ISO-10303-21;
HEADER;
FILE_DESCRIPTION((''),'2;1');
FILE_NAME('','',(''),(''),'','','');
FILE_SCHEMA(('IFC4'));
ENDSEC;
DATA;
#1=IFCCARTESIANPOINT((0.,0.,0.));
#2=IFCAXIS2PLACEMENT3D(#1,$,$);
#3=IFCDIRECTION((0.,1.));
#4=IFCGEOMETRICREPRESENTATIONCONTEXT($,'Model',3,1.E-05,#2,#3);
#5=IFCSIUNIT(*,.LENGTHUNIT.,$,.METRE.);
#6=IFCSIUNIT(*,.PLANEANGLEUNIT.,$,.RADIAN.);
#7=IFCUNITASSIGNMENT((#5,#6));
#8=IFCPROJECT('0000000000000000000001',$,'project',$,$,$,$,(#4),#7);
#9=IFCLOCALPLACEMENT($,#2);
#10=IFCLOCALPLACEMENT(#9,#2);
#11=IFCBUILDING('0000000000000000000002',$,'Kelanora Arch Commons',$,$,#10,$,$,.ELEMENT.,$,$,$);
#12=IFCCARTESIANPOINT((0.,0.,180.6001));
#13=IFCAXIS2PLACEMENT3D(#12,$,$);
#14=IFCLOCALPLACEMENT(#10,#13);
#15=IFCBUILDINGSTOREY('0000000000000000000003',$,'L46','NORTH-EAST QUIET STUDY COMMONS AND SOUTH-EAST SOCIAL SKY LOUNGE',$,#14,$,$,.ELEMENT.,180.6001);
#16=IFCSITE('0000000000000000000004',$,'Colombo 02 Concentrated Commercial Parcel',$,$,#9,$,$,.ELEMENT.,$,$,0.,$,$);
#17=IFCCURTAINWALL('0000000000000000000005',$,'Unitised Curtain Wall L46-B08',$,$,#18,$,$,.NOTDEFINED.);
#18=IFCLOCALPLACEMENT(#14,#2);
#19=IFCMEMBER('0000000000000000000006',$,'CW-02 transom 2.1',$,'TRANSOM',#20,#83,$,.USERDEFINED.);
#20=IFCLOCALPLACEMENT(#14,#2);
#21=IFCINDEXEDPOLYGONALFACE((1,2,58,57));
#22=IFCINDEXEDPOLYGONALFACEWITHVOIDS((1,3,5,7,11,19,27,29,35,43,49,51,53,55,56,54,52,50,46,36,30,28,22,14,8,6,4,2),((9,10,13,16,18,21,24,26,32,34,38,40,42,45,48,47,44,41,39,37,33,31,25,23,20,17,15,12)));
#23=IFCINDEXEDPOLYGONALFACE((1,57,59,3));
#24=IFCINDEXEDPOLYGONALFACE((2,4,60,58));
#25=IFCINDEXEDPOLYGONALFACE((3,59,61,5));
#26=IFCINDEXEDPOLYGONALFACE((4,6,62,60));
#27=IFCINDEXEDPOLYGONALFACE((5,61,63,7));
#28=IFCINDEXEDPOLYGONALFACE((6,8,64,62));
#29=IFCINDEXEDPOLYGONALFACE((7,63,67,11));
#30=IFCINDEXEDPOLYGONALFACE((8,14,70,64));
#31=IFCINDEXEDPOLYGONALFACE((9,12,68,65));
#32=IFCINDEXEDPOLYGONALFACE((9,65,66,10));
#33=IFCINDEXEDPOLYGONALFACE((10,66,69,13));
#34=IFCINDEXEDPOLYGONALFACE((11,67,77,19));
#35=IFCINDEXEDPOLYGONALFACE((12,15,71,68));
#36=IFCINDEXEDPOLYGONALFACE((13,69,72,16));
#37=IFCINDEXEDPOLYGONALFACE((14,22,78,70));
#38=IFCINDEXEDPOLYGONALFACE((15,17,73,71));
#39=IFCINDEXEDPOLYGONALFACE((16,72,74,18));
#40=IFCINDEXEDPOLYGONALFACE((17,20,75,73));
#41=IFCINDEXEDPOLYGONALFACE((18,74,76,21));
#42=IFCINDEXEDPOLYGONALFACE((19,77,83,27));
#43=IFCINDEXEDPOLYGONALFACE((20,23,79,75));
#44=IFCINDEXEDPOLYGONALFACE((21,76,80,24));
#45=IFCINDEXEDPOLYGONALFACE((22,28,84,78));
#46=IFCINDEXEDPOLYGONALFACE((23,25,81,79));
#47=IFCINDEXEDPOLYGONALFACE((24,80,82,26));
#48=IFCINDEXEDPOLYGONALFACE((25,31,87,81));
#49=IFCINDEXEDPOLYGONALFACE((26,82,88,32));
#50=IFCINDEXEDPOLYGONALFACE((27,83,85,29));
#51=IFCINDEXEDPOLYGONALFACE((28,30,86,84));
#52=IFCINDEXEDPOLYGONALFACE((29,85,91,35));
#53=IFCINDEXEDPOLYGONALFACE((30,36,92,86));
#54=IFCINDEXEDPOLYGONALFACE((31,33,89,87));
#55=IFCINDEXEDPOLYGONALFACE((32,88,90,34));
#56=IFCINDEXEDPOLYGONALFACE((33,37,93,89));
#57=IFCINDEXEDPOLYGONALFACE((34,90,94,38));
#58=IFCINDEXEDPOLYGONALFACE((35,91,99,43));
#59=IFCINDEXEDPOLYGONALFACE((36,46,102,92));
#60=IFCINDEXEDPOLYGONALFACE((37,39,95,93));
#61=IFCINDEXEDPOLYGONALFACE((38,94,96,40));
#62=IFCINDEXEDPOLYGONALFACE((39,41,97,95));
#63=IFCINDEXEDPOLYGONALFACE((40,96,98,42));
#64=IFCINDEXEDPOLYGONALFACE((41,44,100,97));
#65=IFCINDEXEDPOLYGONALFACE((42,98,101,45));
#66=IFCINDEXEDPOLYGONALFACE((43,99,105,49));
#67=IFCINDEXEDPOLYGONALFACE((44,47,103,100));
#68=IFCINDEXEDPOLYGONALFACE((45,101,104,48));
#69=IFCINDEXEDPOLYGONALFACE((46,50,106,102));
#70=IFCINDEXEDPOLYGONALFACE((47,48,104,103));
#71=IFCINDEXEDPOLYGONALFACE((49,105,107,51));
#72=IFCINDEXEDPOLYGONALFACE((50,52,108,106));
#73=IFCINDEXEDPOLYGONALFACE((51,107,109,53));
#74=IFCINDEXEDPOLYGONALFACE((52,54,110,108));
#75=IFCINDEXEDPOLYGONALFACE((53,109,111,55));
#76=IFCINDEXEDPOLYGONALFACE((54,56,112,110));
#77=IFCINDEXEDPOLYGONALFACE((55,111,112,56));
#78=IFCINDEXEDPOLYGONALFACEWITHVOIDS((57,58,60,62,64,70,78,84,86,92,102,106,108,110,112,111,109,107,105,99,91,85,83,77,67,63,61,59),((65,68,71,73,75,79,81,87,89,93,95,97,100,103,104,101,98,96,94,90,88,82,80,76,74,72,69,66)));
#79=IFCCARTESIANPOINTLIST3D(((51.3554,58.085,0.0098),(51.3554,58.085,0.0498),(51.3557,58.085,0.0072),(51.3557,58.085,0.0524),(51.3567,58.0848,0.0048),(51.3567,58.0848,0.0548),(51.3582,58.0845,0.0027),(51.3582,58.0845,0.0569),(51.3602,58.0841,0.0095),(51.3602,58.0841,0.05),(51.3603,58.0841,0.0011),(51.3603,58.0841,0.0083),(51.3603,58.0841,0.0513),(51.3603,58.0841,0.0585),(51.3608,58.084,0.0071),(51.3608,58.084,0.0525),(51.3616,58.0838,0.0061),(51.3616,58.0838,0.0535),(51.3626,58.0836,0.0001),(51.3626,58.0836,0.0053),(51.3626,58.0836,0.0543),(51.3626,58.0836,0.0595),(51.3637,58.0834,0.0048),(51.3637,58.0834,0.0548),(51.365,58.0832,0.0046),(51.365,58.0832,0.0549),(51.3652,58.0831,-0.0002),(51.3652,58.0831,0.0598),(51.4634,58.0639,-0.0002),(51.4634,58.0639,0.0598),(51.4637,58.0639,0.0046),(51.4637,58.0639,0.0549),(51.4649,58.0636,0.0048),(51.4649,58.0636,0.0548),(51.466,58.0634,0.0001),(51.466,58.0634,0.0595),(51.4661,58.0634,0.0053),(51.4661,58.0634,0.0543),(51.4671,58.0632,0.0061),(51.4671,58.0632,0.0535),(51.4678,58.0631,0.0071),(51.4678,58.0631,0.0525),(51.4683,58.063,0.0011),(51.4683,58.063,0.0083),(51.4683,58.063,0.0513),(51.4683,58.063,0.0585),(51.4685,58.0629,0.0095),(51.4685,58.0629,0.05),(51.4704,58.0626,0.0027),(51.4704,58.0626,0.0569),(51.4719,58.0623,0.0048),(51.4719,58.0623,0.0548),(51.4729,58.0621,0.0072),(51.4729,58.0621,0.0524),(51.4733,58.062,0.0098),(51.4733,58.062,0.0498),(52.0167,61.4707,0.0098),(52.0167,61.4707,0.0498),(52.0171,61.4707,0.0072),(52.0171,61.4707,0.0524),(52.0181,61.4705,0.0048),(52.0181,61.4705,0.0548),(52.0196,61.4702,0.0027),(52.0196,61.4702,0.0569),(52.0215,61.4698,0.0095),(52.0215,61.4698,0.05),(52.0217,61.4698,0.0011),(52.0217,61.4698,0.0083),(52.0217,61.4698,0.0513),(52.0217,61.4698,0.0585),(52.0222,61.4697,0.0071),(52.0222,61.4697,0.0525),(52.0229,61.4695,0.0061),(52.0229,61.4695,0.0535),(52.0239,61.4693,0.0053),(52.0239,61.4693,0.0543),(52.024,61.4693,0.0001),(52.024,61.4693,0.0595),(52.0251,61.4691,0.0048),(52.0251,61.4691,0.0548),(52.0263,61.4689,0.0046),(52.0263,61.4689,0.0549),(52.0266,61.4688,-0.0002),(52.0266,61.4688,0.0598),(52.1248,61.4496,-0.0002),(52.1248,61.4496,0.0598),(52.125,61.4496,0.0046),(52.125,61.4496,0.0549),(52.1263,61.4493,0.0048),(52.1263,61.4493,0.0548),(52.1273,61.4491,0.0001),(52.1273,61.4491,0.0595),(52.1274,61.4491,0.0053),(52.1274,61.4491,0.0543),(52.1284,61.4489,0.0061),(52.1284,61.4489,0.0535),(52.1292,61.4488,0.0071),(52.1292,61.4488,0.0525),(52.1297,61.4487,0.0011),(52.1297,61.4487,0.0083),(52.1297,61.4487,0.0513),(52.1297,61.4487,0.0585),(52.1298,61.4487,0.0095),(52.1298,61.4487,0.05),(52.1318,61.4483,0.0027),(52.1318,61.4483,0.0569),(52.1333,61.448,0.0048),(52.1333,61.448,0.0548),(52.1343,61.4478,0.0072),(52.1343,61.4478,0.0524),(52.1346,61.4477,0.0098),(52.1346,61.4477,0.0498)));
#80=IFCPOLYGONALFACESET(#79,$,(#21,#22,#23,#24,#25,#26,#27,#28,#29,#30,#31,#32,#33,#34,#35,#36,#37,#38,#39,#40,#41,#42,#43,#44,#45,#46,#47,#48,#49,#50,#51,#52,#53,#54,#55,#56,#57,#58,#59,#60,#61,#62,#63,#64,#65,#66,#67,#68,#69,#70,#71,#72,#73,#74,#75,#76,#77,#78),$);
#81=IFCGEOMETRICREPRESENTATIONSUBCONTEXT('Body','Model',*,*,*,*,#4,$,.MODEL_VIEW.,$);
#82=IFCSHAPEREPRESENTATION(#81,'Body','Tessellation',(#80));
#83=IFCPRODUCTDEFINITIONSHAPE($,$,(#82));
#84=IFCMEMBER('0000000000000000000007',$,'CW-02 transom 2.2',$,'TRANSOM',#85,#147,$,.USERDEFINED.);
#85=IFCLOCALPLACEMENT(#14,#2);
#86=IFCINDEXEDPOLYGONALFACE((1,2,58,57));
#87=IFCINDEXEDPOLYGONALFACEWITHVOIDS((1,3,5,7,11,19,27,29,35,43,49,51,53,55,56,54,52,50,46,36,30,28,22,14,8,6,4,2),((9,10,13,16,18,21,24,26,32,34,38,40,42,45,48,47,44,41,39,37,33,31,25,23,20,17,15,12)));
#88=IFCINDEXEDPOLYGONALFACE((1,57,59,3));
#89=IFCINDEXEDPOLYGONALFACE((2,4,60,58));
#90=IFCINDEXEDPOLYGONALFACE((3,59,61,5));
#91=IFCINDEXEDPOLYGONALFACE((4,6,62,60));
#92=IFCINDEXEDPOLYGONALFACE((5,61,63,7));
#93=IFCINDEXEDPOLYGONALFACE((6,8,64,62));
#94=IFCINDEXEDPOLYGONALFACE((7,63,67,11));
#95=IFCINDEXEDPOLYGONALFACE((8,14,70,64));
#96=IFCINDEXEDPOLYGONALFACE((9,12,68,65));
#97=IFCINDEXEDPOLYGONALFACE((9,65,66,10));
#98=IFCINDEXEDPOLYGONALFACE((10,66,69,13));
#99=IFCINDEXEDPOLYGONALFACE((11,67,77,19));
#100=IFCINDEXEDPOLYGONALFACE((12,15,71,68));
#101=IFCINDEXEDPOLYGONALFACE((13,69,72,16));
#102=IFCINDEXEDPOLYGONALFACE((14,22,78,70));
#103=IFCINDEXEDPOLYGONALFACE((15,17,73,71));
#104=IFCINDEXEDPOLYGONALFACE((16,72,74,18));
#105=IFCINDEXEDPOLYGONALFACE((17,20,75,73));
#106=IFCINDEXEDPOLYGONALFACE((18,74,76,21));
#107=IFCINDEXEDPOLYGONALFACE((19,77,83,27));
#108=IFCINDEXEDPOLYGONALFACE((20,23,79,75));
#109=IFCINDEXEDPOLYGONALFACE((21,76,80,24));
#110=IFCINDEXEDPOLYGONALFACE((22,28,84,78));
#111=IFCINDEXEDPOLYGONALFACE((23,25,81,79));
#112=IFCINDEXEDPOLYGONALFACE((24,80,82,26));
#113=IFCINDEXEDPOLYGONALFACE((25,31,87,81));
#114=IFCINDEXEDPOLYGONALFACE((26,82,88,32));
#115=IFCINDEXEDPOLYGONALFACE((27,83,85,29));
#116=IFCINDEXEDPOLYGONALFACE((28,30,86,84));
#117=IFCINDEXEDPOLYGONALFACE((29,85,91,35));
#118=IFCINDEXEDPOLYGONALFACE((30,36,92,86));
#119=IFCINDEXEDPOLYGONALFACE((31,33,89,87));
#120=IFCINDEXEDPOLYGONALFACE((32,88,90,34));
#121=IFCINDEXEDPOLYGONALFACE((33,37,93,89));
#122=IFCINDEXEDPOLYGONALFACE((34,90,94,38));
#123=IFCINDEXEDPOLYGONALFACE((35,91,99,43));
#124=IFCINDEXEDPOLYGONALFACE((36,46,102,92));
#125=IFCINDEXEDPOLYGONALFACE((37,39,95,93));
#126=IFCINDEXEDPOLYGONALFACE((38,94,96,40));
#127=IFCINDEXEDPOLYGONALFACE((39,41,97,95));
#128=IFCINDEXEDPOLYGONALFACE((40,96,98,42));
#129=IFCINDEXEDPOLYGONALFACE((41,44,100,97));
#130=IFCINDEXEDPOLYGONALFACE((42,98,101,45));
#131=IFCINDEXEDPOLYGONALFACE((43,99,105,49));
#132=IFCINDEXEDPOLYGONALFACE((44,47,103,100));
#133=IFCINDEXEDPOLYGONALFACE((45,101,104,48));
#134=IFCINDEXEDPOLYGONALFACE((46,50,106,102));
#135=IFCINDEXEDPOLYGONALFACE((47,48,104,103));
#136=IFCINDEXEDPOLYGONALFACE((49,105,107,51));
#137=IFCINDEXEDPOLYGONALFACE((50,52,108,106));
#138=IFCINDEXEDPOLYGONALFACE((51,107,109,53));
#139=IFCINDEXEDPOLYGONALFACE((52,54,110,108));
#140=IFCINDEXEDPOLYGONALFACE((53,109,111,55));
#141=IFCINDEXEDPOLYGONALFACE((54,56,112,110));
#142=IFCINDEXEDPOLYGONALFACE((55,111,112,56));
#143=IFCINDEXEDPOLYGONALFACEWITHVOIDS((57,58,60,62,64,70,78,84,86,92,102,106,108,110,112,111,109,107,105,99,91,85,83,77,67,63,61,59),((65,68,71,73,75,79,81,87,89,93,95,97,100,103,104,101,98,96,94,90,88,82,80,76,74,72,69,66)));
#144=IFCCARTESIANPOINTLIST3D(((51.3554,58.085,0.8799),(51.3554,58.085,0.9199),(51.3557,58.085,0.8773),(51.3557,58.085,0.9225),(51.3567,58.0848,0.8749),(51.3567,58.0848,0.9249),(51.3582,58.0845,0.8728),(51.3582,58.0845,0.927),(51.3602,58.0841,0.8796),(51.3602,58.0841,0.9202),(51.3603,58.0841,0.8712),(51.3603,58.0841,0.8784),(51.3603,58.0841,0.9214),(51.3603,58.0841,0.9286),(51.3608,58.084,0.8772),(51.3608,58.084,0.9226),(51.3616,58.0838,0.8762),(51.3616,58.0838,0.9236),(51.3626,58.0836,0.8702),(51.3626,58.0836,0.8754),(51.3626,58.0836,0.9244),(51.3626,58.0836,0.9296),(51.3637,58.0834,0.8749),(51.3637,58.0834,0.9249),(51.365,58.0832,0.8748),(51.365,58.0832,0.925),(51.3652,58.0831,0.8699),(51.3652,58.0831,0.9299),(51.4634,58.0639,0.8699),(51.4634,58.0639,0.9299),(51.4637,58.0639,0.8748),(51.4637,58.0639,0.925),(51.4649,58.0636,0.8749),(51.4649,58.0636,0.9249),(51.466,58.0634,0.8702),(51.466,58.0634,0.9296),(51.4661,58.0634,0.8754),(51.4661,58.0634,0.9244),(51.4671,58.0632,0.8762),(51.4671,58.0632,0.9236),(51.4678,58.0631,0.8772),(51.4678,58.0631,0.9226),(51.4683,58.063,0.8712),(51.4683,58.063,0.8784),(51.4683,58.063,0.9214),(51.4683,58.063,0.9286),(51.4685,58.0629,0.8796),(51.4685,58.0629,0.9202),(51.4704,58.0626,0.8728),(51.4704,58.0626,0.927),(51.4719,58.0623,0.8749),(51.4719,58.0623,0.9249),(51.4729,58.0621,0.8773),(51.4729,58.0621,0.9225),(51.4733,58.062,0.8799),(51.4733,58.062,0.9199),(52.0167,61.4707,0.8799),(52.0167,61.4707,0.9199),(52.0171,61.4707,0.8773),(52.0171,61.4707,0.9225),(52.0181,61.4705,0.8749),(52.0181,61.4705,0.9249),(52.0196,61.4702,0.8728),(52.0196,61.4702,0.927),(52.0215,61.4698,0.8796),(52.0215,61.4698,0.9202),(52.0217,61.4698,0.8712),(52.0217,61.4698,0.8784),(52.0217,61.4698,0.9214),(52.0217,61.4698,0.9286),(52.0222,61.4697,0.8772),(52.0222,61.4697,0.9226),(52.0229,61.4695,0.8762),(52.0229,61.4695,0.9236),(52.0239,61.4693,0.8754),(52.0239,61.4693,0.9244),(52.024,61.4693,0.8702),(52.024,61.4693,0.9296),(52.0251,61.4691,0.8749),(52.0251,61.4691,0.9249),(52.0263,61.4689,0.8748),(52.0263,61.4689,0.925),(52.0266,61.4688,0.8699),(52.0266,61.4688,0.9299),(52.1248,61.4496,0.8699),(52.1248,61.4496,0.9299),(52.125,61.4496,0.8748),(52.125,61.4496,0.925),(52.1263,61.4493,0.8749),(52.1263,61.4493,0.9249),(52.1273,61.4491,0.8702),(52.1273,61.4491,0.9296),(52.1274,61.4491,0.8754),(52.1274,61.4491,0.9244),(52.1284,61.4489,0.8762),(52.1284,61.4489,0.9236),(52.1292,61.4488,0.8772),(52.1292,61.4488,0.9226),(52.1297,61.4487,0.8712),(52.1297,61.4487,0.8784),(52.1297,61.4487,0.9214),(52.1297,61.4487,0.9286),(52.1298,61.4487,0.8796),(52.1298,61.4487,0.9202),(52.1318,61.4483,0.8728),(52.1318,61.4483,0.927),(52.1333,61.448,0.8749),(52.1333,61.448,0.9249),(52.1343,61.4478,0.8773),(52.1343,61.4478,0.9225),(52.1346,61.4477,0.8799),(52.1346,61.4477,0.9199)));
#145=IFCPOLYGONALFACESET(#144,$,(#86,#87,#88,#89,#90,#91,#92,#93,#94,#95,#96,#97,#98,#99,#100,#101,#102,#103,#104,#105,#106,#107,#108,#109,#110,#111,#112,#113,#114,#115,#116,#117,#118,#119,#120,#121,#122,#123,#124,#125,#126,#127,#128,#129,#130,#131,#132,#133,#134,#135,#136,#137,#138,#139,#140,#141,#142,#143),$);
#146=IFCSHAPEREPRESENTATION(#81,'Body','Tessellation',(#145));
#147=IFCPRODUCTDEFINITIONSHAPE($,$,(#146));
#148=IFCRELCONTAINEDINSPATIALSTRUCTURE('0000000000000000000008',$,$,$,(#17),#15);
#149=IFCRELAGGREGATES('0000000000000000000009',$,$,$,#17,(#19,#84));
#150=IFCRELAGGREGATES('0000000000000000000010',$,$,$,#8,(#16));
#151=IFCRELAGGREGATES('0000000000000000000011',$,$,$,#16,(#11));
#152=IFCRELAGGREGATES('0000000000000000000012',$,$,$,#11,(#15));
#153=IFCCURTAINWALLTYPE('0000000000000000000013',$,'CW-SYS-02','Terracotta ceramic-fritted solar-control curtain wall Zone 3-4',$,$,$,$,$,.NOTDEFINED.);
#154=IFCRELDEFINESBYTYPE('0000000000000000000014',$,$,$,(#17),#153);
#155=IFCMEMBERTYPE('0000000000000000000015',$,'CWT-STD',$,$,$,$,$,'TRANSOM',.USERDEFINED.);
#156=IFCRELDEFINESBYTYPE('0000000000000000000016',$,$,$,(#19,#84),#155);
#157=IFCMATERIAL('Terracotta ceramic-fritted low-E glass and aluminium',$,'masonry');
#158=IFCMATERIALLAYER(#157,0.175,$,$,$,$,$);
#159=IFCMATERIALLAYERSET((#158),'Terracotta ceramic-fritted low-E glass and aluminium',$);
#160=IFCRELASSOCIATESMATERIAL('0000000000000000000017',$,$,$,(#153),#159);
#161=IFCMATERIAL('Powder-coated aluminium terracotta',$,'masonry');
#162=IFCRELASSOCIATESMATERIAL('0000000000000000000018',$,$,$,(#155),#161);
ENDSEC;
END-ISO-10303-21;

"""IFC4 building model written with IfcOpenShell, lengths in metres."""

from ifc_helpers import new_model, si_unit, direction, frame, origin, origin_2d, place, context, subcontext, project, spatial, hollow_rectangle, extrude, material, layer, layer_set, material_profile, profile_set, type_object, element, aggregate, save


model = new_model("IFC4")

# Units and contexts
model_context = context("Model", 3, precision=1e-05, world=origin(), true_north=direction((0.0, 1.0)))
body_context = subcontext(model_context, "Body", "Model", "MODEL_VIEW")
ifc_project = project(units=[si_unit("LENGTHUNIT", "METRE"), si_unit("PLANEANGLEUNIT", "RADIAN")], contexts=[model_context])

# Site, building, storey
site_placement = place(None, origin())
site = spatial("IfcSite", under=ifc_project, at=site_placement, Name="Colombo 02 Concentrated Commercial Parcel", CompositionType="ELEMENT", RefElevation=0.0)
building_placement = place(site_placement, origin())
building = spatial("IfcBuilding", under=site, at=building_placement, Name="Kelanora Arch Commons", CompositionType="ELEMENT")
storey_placement = place(building_placement, frame((0.0, 0.0, 180.6001)))
storey = spatial("IfcBuildingStorey", under=building, at=storey_placement, Name="L46", Description="NORTH-EAST QUIET STUDY COMMONS AND SOUTH-EAST SOCIAL SKY LOUNGE", CompositionType="ELEMENT", Elevation=180.6001)

# Curtain wall, members
ifc_material_1 = material(Name="Terracotta ceramic-fritted low-E glass and aluminium", Category="masonry")
ifc_layer_1 = layer(ifc_material_1, 0.175)
ifc_layer_set_1 = layer_set([ifc_layer_1], Name="Terracotta ceramic-fritted low-E glass and aluminium")
curtain_wall_type = type_object("IfcCurtainWallType", Name="CW-SYS-02", Description="Terracotta ceramic-fritted solar-control curtain wall Zone 3-4", PredefinedType="NOTDEFINED", material=ifc_layer_set_1)
curtain_wall_placement = place(storey_placement, origin())
curtain_wall = element("IfcCurtainWall", 1, at=curtain_wall_placement, inside=storey, type_object=curtain_wall_type, Name="Unitised Curtain Wall L46-B08", PredefinedType="NOTDEFINED")
ifc_material_2 = material(Name="Powder-coated aluminium terracotta", Category="masonry")
ifc_material_profile_1 = material_profile(ifc_material_2, hollow_rectangle(XDim=0.1201, YDim=0.0601, WallThickness=0.0049, InnerFilletRadius=0.0049, OuterFilletRadius=0.01, at=origin_2d()), Name="CWT120x60")
ifc_profile_set_1 = profile_set([ifc_material_profile_1], Name="Powder-coated aluminium terracotta")
member_type_1 = type_object("IfcMemberType", Name="CWT-STD", ElementType="TRANSOM", PredefinedType="USERDEFINED", material=ifc_profile_set_1)
member_1_placement = place(storey_placement, frame((52.0757, 61.4592, 0.0298), z_axis=(-0.191718, -0.98145, 0.0), x_axis=(0.98145, -0.191718, 0.0)))
member_1 = element("IfcMember", 2, at=member_1_placement, type_object=member_type_1, Name="CW-02 transom 2.1", ObjectType="TRANSOM", PredefinedType="USERDEFINED", context=body_context, shape_type="SweptSolid", body=[
    extrude(hollow_rectangle(XDim=0.1201, YDim=0.0601, WallThickness=0.0049, InnerFilletRadius=0.0049, OuterFilletRadius=0.01, at=origin_2d()), origin(), (0.0, 0.0, 1.0), 3.4497),
])
member_2_placement = place(storey_placement, frame((52.0757, 61.4592, 0.8999), z_axis=(-0.191718, -0.98145, 0.0), x_axis=(0.98145, -0.191718, 0.0)))
member_2 = element("IfcMember", 3, at=member_2_placement, type_object=member_type_1, Name="CW-02 transom 2.2", ObjectType="TRANSOM", PredefinedType="USERDEFINED", context=body_context, shape_type="SweptSolid", body=[
    extrude(hollow_rectangle(XDim=0.1201, YDim=0.0601, WallThickness=0.0049, InnerFilletRadius=0.0049, OuterFilletRadius=0.01, at=origin_2d()), origin(), (0.0, 0.0, 1.0), 3.4497),
])
aggregate(curtain_wall, [member_1, member_2])

save(model, "model.ifc")
